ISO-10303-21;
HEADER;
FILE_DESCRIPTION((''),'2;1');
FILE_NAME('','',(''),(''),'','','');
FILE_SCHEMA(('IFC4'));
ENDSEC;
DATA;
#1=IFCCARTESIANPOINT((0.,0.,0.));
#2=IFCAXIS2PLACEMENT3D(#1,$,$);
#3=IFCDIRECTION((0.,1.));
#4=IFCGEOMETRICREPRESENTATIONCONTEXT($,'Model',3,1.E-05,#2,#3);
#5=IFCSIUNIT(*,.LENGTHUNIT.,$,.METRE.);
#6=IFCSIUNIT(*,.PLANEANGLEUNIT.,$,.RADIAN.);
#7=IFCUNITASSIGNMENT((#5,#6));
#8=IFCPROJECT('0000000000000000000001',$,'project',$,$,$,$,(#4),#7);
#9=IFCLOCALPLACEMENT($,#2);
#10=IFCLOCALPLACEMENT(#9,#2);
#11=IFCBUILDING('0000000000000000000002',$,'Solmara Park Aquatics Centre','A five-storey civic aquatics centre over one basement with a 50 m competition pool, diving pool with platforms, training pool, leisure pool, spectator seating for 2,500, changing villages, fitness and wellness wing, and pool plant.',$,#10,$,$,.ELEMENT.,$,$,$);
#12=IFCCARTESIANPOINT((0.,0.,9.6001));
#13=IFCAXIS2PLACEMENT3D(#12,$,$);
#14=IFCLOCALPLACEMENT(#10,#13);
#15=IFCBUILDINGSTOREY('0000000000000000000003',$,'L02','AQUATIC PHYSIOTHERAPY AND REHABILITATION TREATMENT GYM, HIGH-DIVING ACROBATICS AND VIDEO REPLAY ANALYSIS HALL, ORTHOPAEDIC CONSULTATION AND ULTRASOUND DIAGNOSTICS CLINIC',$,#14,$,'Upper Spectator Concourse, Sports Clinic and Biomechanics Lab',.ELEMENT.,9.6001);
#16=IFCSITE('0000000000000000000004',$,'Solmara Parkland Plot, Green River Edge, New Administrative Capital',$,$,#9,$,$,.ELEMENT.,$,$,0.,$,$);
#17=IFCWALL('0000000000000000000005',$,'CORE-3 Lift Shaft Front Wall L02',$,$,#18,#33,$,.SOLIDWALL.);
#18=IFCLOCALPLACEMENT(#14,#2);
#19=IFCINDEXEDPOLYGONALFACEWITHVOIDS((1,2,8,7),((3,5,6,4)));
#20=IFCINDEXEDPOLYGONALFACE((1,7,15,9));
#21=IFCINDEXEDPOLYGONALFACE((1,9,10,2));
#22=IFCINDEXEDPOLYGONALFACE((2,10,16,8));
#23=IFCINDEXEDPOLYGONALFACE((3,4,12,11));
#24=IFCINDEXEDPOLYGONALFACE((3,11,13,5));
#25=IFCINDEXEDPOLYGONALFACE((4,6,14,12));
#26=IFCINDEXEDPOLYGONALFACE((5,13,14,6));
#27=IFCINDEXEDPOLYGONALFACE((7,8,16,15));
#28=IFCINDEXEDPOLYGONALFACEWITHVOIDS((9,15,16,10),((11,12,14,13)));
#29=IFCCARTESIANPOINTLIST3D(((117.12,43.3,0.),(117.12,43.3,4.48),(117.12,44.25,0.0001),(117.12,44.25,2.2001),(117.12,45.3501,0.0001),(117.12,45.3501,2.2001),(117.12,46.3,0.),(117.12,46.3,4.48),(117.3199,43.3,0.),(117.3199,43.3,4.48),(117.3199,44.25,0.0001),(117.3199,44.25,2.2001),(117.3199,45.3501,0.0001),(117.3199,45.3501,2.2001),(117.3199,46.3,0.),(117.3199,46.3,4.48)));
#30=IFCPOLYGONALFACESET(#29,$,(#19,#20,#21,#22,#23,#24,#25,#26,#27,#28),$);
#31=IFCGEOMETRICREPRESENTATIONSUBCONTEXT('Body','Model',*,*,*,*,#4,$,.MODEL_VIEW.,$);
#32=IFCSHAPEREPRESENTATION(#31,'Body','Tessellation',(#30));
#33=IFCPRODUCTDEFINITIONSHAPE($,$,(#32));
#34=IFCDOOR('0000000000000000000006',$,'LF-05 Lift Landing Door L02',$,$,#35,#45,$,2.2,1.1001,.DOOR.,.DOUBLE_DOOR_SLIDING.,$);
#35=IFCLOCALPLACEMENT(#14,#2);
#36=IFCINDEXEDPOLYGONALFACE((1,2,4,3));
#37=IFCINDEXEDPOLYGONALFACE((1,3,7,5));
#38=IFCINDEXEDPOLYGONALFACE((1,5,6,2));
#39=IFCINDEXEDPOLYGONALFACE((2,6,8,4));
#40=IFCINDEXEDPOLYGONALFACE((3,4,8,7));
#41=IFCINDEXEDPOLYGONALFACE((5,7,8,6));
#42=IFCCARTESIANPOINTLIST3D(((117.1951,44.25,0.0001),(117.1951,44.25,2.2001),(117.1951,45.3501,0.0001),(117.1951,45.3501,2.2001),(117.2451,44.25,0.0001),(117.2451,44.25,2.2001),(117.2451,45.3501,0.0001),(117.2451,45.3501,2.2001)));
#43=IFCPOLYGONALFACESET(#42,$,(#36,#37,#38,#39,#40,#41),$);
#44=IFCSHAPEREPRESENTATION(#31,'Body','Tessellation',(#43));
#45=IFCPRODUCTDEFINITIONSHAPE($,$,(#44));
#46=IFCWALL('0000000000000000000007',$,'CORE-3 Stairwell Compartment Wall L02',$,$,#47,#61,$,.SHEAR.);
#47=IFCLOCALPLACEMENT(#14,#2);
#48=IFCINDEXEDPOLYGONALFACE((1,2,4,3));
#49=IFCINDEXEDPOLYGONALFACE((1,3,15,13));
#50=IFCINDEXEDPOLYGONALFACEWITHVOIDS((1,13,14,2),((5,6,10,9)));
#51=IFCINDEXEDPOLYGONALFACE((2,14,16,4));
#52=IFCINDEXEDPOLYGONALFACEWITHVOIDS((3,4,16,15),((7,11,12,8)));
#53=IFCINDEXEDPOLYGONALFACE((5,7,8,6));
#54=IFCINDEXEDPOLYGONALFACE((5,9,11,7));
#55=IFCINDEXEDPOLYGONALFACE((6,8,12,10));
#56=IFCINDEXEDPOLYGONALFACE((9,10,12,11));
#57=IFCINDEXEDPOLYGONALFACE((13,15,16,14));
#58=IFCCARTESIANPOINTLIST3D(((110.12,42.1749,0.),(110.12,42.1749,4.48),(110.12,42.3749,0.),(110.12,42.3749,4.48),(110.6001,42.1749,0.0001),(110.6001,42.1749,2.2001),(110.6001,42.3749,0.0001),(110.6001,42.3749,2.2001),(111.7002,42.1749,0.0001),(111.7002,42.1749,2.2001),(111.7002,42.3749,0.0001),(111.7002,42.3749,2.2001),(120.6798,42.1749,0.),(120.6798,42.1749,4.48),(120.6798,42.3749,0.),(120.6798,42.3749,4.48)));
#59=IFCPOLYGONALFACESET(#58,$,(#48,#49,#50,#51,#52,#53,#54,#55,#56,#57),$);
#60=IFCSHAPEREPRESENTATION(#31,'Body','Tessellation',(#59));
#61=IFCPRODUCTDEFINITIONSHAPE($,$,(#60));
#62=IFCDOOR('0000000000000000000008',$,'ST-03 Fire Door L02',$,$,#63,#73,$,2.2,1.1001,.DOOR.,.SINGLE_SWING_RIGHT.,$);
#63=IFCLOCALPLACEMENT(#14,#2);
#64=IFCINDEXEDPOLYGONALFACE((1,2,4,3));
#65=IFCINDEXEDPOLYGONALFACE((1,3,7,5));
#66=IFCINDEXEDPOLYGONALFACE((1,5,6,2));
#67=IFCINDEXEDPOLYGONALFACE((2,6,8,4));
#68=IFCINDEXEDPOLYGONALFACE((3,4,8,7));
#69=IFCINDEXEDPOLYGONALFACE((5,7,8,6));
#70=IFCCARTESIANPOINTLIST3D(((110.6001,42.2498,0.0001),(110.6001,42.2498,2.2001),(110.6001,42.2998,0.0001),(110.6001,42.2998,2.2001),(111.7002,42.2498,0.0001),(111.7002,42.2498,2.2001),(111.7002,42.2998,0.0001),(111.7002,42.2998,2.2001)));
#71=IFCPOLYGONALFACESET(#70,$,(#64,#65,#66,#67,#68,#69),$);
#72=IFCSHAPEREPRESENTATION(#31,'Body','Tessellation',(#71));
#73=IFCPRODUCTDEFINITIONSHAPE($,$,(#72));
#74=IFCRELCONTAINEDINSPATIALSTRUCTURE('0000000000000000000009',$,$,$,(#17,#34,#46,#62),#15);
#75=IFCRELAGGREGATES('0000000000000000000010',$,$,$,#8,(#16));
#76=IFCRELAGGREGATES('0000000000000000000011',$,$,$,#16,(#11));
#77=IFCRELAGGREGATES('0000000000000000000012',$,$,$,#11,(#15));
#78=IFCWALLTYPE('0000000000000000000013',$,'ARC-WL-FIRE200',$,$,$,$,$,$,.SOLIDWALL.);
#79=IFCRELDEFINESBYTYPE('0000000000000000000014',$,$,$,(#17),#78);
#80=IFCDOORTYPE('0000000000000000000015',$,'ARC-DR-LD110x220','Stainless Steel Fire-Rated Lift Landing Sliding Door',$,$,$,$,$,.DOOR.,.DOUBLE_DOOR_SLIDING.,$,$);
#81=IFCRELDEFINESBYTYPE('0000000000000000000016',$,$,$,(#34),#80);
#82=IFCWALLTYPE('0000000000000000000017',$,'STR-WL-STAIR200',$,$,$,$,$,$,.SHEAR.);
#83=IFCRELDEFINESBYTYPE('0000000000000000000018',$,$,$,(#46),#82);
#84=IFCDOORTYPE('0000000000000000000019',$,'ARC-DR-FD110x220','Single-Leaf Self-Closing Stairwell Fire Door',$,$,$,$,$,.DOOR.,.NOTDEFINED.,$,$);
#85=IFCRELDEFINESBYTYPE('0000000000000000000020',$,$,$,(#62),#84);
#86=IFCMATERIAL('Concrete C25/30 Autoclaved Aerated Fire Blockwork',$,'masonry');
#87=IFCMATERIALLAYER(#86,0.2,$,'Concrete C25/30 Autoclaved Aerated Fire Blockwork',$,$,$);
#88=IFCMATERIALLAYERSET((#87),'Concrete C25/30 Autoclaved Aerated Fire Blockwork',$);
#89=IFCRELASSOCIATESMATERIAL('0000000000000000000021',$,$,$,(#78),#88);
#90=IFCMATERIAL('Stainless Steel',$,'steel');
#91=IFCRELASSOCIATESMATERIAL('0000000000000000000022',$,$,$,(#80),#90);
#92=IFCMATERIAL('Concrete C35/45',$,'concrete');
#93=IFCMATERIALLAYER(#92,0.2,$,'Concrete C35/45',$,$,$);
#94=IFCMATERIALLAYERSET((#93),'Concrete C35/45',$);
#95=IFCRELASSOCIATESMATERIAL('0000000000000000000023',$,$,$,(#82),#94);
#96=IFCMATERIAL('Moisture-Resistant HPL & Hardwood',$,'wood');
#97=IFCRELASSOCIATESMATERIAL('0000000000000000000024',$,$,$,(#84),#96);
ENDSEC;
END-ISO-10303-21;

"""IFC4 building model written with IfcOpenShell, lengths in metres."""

from ifc_helpers import new_model, si_unit, direction, frame, frame_2d, origin, place, context, subcontext, project, spatial, rectangle, extrude, material, layer, layer_set, type_object, element, fill, save


model = new_model("IFC4")

# Units and contexts
model_context = context("Model", 3, precision=1e-05, world=origin(), true_north=direction((0.0, 1.0)))
body_context = subcontext(model_context, "Body", "Model", "MODEL_VIEW")
ifc_project = project(units=[si_unit("LENGTHUNIT", "METRE"), si_unit("PLANEANGLEUNIT", "RADIAN")], contexts=[model_context])

# Site, building, storey
site_placement = place(None, origin())
site = spatial("IfcSite", under=ifc_project, at=site_placement, Name="Solmara Parkland Plot, Green River Edge, New Administrative Capital", CompositionType="ELEMENT", RefElevation=0.0)
building_placement = place(site_placement, origin())
building = spatial("IfcBuilding", under=site, at=building_placement, Name="Solmara Park Aquatics Centre", Description="A five-storey civic aquatics centre over one basement with a 50 m competition pool, diving pool with platforms, training pool, leisure pool, spectator seating for 2,500, changing villages, fitness and wellness wing, and pool plant.", CompositionType="ELEMENT")
storey_placement = place(building_placement, frame((0.0, 0.0, 9.6001)))
storey = spatial("IfcBuildingStorey", under=building, at=storey_placement, Name="L02", Description="AQUATIC PHYSIOTHERAPY AND REHABILITATION TREATMENT GYM, HIGH-DIVING ACROBATICS AND VIDEO REPLAY ANALYSIS HALL, ORTHOPAEDIC CONSULTATION AND ULTRASOUND DIAGNOSTICS CLINIC", LongName="Upper Spectator Concourse, Sports Clinic and Biomechanics Lab", CompositionType="ELEMENT", Elevation=9.6001)

# Walls, openings, doors
ifc_material_1 = material(Name="Concrete C25/30 Autoclaved Aerated Fire Blockwork", Category="masonry")
ifc_layer_1 = layer(ifc_material_1, 0.2, Name="Concrete C25/30 Autoclaved Aerated Fire Blockwork")
ifc_layer_set_1 = layer_set([ifc_layer_1], Name="Concrete C25/30 Autoclaved Aerated Fire Blockwork")
wall_type_1 = type_object("IfcWallType", Name="ARC-WL-FIRE200", PredefinedType="SOLIDWALL", material=ifc_layer_set_1)
wall_1_placement = place(storey_placement, frame((117.22, 43.3, 0.0), z_axis=(0.0, 0.0, 1.0), x_axis=(0.0, 1.0, 0.0)))
wall_1 = element("IfcWall", 1, at=wall_1_placement, inside=storey, type_object=wall_type_1, Name="CORE-3 Lift Shaft Front Wall L02", PredefinedType="SOLIDWALL", context=body_context, shape_type="SweptSolid", body=[
    extrude(rectangle(XDim=3.0, YDim=0.2, at=frame_2d((1.5, 0.0))), origin(), (0.0, 0.0, 1.0), 4.48),
])
opening_1_placement = place(wall_1_placement, frame((0.95, 0.0, 0.0)))
opening_1 = element("IfcOpeningElement", 2, at=opening_1_placement, cuts=wall_1, PredefinedType="OPENING", context=body_context, shape_type="SweptSolid", body=[
    extrude(rectangle(XDim=1.1001, YDim=2.2, at=frame_2d((0.55, 1.1001))), frame((0.0, 0.1099, 0.0), z_axis=(0.0, -1.0, 0.0), x_axis=(1.0, 0.0, 0.0)), (0.0, 0.0, 1.0), 0.22),
])
ifc_material_2 = material(Name="Stainless Steel", Category="steel")
door_type_1 = type_object("IfcDoorType", Name="ARC-DR-LD110x220", Description="Stainless Steel Fire-Rated Lift Landing Sliding Door", OperationType="DOUBLE_DOOR_SLIDING", PredefinedType="DOOR", material=ifc_material_2)
door_1_placement = place(opening_1_placement, origin())
door_1 = element("IfcDoor", 3, at=door_1_placement, inside=storey, type_object=door_type_1, Name="LF-05 Lift Landing Door L02", OperationType="DOUBLE_DOOR_SLIDING", OverallHeight=2.2, OverallWidth=1.1001, PredefinedType="DOOR", context=body_context, shape_type="SweptSolid", body=[
    extrude(rectangle(XDim=1.1001, YDim=2.2, at=frame_2d((0.55, 1.1001))), frame((0.0, 0.0249, 0.0), z_axis=(0.0, -1.0, 0.0), x_axis=(1.0, 0.0, 0.0)), (0.0, 0.0, 1.0), 0.05),
])
fill(opening_1, door_1)
ifc_material_3 = material(Name="Concrete C35/45", Category="concrete")
ifc_layer_2 = layer(ifc_material_3, 0.2, Name="Concrete C35/45")
ifc_layer_set_2 = layer_set([ifc_layer_2], Name="Concrete C35/45")
wall_type_2 = type_object("IfcWallType", Name="STR-WL-STAIR200", PredefinedType="SHEAR", material=ifc_layer_set_2)
wall_2_placement = place(storey_placement, frame((110.1201, 42.2749, 0.0), z_axis=(0.0, 0.0, 1.0), x_axis=(1.0, 0.0, 0.0)))
wall_2 = element("IfcWall", 4, at=wall_2_placement, inside=storey, type_object=wall_type_2, Name="CORE-3 Stairwell Compartment Wall L02", PredefinedType="SHEAR", context=body_context, shape_type="SweptSolid", body=[
    extrude(rectangle(XDim=10.5598, YDim=0.2, at=frame_2d((5.2798, 0.0))), origin(), (0.0, 0.0, 1.0), 4.48),
])
opening_2_placement = place(wall_2_placement, frame((0.48, 0.0, 0.0)))
opening_2 = element("IfcOpeningElement", 5, at=opening_2_placement, cuts=wall_2, PredefinedType="OPENING", context=body_context, shape_type="SweptSolid", body=[
    extrude(rectangle(XDim=1.1001, YDim=2.2, at=frame_2d((0.55, 1.1001))), frame((0.0, 0.1099, 0.0), z_axis=(0.0, -1.0, 0.0), x_axis=(1.0, 0.0, 0.0)), (0.0, 0.0, 1.0), 0.22),
])
ifc_material_4 = material(Name="Moisture-Resistant HPL & Hardwood", Category="wood")
door_type_2 = type_object("IfcDoorType", Name="ARC-DR-FD110x220", Description="Single-Leaf Self-Closing Stairwell Fire Door", OperationType="NOTDEFINED", PredefinedType="DOOR", material=ifc_material_4)
door_2_placement = place(opening_2_placement, origin())
door_2 = element("IfcDoor", 6, at=door_2_placement, inside=storey, type_object=door_type_2, Name="ST-03 Fire Door L02", OperationType="SINGLE_SWING_RIGHT", OverallHeight=2.2, OverallWidth=1.1001, PredefinedType="DOOR", context=body_context, shape_type="SweptSolid", body=[
    extrude(rectangle(XDim=1.1001, YDim=2.2, at=frame_2d((0.55, 1.1001))), frame((0.0, 0.0249, 0.0), z_axis=(0.0, -1.0, 0.0), x_axis=(1.0, 0.0, 0.0)), (0.0, 0.0, 1.0), 0.05),
])
fill(opening_2, door_2)

save(model, "model.ifc")
